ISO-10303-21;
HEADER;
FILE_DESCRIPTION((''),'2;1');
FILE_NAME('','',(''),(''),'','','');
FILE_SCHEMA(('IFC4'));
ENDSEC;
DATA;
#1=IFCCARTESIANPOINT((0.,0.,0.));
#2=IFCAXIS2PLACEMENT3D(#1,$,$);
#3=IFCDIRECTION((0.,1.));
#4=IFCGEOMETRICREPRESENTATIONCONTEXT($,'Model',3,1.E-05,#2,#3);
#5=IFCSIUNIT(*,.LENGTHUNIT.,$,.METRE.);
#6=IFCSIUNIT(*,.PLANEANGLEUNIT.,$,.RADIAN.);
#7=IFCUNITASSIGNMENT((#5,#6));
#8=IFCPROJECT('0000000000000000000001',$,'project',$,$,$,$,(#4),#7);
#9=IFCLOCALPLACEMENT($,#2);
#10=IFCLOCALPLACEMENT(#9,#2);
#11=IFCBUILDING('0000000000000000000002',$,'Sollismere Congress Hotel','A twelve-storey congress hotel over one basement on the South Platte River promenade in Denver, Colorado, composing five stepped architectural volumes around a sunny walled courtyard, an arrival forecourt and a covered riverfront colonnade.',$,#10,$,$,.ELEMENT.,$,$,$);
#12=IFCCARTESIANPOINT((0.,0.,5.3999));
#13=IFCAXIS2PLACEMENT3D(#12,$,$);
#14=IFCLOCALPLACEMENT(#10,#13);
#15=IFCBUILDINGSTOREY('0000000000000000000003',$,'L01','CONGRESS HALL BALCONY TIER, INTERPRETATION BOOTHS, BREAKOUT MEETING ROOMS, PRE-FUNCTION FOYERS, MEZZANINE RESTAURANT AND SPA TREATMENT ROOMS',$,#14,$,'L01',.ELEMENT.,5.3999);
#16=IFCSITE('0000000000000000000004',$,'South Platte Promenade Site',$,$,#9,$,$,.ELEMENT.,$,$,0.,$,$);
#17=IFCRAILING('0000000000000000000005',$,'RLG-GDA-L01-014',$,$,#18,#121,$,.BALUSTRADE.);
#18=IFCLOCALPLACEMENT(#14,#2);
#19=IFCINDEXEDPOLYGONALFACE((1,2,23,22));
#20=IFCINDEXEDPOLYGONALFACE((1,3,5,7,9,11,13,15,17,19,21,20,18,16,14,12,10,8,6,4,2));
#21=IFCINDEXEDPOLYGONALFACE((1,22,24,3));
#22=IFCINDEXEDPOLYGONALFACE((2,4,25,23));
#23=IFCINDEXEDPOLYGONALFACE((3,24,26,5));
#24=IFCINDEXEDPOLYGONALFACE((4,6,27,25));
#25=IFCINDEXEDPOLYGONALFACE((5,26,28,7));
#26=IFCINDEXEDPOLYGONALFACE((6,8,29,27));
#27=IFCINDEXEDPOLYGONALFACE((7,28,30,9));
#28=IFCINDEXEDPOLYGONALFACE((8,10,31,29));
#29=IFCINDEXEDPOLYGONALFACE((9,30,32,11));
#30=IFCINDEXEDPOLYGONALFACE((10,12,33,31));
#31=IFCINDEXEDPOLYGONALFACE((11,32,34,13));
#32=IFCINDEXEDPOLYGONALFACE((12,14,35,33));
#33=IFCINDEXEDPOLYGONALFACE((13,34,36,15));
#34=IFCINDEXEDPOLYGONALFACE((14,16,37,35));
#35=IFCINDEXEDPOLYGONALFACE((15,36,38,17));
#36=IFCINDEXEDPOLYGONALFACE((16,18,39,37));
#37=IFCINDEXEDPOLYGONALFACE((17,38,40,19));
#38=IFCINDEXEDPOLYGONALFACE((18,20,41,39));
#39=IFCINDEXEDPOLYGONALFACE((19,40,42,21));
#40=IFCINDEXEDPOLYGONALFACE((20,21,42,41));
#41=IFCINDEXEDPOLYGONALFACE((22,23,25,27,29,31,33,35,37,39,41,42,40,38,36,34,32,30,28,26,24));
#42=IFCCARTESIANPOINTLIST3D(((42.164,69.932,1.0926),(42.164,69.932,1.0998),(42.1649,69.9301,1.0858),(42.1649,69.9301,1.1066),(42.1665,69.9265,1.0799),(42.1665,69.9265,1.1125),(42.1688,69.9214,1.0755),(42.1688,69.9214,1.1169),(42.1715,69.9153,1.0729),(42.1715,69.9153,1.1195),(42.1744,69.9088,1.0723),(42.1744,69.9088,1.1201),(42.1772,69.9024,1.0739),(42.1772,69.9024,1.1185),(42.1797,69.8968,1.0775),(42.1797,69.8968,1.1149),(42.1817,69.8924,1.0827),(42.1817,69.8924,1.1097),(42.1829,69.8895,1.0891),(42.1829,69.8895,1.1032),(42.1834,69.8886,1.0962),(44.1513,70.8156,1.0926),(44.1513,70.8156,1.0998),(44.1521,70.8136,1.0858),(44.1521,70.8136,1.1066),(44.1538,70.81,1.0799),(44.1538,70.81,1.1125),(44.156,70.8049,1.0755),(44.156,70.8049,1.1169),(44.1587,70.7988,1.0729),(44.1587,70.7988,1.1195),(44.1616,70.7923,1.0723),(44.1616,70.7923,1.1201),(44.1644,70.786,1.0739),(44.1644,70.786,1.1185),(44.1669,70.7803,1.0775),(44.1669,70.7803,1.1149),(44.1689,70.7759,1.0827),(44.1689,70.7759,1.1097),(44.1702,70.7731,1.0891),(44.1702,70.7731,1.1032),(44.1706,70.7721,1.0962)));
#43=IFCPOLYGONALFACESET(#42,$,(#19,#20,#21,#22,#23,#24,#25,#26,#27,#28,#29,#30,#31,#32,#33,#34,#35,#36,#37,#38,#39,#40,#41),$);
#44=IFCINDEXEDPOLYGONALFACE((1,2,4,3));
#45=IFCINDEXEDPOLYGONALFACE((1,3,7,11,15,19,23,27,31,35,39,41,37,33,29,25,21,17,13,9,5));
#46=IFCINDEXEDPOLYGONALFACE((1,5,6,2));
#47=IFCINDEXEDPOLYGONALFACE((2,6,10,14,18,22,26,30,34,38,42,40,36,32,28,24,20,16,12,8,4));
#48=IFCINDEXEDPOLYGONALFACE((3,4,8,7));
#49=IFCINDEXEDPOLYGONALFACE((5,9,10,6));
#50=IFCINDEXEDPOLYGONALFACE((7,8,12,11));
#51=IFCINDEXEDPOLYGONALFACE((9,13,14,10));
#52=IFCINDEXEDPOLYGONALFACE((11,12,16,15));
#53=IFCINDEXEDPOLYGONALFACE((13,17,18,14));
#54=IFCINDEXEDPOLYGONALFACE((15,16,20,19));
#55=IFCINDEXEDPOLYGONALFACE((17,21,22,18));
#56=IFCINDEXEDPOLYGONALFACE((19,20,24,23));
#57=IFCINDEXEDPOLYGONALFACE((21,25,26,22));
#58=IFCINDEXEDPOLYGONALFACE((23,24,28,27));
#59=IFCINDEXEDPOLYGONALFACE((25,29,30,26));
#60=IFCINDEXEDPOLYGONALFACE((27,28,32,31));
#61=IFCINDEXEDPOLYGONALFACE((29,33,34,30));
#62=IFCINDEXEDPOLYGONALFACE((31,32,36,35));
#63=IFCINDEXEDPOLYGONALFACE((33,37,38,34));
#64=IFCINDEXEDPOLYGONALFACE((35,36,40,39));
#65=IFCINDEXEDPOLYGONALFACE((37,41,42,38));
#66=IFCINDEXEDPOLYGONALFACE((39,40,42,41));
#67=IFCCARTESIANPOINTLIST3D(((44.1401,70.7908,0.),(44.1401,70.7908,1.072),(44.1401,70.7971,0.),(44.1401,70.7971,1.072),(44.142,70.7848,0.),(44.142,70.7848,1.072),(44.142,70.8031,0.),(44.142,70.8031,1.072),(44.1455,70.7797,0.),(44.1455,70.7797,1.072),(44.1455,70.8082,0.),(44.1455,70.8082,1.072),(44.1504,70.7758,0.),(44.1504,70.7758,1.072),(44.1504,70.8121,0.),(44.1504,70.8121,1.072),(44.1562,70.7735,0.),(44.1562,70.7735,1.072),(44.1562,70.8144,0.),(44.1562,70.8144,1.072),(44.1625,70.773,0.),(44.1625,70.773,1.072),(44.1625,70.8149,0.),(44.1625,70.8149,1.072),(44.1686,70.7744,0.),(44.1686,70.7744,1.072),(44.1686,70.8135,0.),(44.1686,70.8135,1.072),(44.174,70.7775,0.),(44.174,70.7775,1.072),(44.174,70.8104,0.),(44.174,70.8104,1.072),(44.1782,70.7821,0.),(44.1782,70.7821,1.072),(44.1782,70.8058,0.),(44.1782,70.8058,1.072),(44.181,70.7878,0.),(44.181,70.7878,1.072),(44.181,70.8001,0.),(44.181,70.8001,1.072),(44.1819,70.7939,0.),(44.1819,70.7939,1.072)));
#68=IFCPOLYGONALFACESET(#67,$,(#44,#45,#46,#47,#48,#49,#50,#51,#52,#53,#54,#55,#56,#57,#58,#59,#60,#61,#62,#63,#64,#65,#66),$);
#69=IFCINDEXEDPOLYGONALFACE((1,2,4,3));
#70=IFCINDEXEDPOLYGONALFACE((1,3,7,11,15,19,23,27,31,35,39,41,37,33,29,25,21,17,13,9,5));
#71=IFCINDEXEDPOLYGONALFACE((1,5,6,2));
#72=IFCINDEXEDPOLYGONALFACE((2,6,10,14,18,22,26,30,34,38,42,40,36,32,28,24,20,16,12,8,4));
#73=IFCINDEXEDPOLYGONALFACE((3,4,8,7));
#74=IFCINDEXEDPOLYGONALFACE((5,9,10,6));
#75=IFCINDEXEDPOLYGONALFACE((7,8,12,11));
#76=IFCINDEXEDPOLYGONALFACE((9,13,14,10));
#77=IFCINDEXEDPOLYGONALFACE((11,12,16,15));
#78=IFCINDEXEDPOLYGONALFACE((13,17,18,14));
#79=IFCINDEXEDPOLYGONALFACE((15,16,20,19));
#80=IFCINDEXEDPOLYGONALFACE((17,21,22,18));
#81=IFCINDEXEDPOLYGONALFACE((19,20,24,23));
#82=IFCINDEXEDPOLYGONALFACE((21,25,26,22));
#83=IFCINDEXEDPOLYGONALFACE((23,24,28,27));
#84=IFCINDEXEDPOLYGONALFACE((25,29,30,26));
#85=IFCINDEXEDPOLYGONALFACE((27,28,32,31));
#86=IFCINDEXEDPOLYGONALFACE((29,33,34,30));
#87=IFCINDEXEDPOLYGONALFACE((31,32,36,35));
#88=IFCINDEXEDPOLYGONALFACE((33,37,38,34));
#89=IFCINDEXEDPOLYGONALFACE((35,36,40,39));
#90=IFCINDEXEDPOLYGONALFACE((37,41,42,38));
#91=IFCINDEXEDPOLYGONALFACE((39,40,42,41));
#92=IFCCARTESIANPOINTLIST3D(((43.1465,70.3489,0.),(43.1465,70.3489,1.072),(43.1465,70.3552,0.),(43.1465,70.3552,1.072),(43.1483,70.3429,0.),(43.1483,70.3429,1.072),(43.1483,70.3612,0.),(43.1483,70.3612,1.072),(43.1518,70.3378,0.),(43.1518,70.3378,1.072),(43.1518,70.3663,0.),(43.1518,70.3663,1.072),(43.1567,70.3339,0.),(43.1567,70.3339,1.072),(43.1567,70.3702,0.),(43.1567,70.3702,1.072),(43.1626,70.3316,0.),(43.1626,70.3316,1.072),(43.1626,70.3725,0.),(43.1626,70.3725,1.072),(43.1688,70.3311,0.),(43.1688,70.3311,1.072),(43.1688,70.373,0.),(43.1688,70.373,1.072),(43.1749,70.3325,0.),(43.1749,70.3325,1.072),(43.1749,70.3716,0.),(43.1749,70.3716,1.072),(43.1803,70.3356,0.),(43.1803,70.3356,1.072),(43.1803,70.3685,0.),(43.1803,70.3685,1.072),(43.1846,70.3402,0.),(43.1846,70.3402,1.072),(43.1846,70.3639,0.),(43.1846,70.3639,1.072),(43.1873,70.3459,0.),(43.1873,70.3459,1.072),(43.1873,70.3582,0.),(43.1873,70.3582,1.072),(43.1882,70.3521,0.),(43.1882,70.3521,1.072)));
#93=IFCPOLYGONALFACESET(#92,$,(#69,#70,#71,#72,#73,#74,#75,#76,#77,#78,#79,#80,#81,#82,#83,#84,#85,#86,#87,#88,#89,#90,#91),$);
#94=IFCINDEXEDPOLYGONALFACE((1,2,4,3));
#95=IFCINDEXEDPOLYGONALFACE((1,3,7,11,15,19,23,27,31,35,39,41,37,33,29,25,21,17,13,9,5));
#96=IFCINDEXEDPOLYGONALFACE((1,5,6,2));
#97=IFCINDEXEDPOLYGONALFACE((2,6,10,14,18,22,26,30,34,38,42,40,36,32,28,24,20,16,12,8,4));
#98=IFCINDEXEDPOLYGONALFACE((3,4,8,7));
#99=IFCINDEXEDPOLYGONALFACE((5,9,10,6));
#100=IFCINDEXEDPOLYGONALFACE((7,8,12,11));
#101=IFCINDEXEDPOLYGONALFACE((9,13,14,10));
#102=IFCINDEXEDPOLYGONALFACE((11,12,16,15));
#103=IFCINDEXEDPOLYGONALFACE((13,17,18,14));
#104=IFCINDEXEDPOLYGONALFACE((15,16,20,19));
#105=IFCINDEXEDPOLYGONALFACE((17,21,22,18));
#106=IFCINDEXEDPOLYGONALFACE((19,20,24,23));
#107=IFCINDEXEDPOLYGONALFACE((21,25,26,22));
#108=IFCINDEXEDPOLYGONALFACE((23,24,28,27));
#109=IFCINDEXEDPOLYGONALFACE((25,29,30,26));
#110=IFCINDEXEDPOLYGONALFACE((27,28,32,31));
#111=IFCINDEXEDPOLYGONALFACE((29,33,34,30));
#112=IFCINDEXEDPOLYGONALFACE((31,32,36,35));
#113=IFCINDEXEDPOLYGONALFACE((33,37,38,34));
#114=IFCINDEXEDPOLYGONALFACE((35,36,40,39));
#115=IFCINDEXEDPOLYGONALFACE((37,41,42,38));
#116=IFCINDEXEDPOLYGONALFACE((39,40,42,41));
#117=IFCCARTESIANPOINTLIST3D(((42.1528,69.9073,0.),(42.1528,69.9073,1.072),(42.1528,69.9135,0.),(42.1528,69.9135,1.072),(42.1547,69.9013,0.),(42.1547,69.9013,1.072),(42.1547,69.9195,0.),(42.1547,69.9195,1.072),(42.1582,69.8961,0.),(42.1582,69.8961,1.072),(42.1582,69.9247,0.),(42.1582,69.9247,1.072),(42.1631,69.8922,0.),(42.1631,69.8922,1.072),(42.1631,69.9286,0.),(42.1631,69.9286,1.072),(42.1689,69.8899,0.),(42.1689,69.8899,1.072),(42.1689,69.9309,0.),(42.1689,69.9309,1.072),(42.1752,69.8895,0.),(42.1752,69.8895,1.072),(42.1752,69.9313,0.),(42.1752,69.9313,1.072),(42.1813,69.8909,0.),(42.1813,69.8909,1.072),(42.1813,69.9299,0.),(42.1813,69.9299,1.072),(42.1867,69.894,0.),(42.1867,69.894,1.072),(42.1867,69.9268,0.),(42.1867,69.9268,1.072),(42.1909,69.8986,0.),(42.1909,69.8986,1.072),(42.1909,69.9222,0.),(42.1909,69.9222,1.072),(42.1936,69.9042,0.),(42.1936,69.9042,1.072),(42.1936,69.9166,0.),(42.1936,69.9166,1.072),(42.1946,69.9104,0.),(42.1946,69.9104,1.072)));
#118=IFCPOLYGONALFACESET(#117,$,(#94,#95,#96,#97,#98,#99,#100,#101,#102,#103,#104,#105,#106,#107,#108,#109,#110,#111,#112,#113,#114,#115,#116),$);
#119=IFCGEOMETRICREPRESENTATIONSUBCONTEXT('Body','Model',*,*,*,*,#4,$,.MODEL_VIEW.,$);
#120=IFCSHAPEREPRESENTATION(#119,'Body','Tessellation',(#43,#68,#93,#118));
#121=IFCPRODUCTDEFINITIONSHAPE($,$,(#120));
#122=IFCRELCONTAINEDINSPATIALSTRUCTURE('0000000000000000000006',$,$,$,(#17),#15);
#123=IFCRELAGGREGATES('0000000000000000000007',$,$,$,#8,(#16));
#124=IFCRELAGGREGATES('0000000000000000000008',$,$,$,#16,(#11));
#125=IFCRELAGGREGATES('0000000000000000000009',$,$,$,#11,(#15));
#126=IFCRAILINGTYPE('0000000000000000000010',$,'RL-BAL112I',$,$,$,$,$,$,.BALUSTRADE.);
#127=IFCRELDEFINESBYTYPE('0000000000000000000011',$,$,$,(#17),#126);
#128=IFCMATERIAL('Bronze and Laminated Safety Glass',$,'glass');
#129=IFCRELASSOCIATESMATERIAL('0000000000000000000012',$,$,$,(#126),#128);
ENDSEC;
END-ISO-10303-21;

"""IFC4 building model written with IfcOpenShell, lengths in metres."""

from ifc_helpers import new_model, si_unit, direction, frame, origin, origin_2d, place, context, subcontext, project, spatial, circle, extrude, material, type_object, element, save


model = new_model("IFC4")

# Units and contexts
model_context = context("Model", 3, precision=1e-05, world=origin(), true_north=direction((0.0, 1.0)))
body_context = subcontext(model_context, "Body", "Model", "MODEL_VIEW")
ifc_project = project(units=[si_unit("LENGTHUNIT", "METRE"), si_unit("PLANEANGLEUNIT", "RADIAN")], contexts=[model_context])

# Site, building, storey
site_placement = place(None, origin())
site = spatial("IfcSite", under=ifc_project, at=site_placement, Name="South Platte Promenade Site", CompositionType="ELEMENT", RefElevation=0.0)
building_placement = place(site_placement, origin())
building = spatial("IfcBuilding", under=site, at=building_placement, Name="Sollismere Congress Hotel", Description="A twelve-storey congress hotel over one basement on the South Platte River promenade in Denver, Colorado, composing five stepped architectural volumes around a sunny walled courtyard, an arrival forecourt and a covered riverfront colonnade.", CompositionType="ELEMENT")
storey_placement = place(building_placement, frame((0.0, 0.0, 5.3999)))
storey = spatial("IfcBuildingStorey", under=building, at=storey_placement, Name="L01", Description="CONGRESS HALL BALCONY TIER, INTERPRETATION BOOTHS, BREAKOUT MEETING ROOMS, PRE-FUNCTION FOYERS, MEZZANINE RESTAURANT AND SPA TREATMENT ROOMS", LongName="L01", CompositionType="ELEMENT", Elevation=5.3999)

# Railing
ifc_material_1 = material(Name="Bronze and Laminated Safety Glass", Category="glass")
railing_type = type_object("IfcRailingType", Name="RL-BAL112I", PredefinedType="BALUSTRADE", material=ifc_material_1)
railing_1_placement = place(storey_placement, frame((44.1609, 70.7939, 0.0)))
element("IfcRailing", 1, at=railing_1_placement, inside=storey, type_object=railing_type, Name="RLG-GDA-L01-014", PredefinedType="BALUSTRADE", context=body_context, shape_type="SweptSolid", body=[
    extrude(circle(Radius=0.0239, at=origin_2d()), frame((0.0, 0.0, 1.0962), z_axis=(-0.913761, -0.406253, 0.0), x_axis=(0.406253, -0.913761, 0.0)), (0.0, 0.0, 1.0), 2.1748),
    extrude(circle(Radius=0.021, at=origin_2d()), origin(), (0.0, 0.0, 1.0), 1.072),
    extrude(circle(Radius=0.021, at=origin_2d()), frame((-0.9937, -0.4419, 0.0)), (0.0, 0.0, 1.0), 1.072),
    extrude(circle(Radius=0.021, at=origin_2d()), frame((-1.9873, -0.8835, 0.0)), (0.0, 0.0, 1.0), 1.072),
])

save(model, "model.ifc")
